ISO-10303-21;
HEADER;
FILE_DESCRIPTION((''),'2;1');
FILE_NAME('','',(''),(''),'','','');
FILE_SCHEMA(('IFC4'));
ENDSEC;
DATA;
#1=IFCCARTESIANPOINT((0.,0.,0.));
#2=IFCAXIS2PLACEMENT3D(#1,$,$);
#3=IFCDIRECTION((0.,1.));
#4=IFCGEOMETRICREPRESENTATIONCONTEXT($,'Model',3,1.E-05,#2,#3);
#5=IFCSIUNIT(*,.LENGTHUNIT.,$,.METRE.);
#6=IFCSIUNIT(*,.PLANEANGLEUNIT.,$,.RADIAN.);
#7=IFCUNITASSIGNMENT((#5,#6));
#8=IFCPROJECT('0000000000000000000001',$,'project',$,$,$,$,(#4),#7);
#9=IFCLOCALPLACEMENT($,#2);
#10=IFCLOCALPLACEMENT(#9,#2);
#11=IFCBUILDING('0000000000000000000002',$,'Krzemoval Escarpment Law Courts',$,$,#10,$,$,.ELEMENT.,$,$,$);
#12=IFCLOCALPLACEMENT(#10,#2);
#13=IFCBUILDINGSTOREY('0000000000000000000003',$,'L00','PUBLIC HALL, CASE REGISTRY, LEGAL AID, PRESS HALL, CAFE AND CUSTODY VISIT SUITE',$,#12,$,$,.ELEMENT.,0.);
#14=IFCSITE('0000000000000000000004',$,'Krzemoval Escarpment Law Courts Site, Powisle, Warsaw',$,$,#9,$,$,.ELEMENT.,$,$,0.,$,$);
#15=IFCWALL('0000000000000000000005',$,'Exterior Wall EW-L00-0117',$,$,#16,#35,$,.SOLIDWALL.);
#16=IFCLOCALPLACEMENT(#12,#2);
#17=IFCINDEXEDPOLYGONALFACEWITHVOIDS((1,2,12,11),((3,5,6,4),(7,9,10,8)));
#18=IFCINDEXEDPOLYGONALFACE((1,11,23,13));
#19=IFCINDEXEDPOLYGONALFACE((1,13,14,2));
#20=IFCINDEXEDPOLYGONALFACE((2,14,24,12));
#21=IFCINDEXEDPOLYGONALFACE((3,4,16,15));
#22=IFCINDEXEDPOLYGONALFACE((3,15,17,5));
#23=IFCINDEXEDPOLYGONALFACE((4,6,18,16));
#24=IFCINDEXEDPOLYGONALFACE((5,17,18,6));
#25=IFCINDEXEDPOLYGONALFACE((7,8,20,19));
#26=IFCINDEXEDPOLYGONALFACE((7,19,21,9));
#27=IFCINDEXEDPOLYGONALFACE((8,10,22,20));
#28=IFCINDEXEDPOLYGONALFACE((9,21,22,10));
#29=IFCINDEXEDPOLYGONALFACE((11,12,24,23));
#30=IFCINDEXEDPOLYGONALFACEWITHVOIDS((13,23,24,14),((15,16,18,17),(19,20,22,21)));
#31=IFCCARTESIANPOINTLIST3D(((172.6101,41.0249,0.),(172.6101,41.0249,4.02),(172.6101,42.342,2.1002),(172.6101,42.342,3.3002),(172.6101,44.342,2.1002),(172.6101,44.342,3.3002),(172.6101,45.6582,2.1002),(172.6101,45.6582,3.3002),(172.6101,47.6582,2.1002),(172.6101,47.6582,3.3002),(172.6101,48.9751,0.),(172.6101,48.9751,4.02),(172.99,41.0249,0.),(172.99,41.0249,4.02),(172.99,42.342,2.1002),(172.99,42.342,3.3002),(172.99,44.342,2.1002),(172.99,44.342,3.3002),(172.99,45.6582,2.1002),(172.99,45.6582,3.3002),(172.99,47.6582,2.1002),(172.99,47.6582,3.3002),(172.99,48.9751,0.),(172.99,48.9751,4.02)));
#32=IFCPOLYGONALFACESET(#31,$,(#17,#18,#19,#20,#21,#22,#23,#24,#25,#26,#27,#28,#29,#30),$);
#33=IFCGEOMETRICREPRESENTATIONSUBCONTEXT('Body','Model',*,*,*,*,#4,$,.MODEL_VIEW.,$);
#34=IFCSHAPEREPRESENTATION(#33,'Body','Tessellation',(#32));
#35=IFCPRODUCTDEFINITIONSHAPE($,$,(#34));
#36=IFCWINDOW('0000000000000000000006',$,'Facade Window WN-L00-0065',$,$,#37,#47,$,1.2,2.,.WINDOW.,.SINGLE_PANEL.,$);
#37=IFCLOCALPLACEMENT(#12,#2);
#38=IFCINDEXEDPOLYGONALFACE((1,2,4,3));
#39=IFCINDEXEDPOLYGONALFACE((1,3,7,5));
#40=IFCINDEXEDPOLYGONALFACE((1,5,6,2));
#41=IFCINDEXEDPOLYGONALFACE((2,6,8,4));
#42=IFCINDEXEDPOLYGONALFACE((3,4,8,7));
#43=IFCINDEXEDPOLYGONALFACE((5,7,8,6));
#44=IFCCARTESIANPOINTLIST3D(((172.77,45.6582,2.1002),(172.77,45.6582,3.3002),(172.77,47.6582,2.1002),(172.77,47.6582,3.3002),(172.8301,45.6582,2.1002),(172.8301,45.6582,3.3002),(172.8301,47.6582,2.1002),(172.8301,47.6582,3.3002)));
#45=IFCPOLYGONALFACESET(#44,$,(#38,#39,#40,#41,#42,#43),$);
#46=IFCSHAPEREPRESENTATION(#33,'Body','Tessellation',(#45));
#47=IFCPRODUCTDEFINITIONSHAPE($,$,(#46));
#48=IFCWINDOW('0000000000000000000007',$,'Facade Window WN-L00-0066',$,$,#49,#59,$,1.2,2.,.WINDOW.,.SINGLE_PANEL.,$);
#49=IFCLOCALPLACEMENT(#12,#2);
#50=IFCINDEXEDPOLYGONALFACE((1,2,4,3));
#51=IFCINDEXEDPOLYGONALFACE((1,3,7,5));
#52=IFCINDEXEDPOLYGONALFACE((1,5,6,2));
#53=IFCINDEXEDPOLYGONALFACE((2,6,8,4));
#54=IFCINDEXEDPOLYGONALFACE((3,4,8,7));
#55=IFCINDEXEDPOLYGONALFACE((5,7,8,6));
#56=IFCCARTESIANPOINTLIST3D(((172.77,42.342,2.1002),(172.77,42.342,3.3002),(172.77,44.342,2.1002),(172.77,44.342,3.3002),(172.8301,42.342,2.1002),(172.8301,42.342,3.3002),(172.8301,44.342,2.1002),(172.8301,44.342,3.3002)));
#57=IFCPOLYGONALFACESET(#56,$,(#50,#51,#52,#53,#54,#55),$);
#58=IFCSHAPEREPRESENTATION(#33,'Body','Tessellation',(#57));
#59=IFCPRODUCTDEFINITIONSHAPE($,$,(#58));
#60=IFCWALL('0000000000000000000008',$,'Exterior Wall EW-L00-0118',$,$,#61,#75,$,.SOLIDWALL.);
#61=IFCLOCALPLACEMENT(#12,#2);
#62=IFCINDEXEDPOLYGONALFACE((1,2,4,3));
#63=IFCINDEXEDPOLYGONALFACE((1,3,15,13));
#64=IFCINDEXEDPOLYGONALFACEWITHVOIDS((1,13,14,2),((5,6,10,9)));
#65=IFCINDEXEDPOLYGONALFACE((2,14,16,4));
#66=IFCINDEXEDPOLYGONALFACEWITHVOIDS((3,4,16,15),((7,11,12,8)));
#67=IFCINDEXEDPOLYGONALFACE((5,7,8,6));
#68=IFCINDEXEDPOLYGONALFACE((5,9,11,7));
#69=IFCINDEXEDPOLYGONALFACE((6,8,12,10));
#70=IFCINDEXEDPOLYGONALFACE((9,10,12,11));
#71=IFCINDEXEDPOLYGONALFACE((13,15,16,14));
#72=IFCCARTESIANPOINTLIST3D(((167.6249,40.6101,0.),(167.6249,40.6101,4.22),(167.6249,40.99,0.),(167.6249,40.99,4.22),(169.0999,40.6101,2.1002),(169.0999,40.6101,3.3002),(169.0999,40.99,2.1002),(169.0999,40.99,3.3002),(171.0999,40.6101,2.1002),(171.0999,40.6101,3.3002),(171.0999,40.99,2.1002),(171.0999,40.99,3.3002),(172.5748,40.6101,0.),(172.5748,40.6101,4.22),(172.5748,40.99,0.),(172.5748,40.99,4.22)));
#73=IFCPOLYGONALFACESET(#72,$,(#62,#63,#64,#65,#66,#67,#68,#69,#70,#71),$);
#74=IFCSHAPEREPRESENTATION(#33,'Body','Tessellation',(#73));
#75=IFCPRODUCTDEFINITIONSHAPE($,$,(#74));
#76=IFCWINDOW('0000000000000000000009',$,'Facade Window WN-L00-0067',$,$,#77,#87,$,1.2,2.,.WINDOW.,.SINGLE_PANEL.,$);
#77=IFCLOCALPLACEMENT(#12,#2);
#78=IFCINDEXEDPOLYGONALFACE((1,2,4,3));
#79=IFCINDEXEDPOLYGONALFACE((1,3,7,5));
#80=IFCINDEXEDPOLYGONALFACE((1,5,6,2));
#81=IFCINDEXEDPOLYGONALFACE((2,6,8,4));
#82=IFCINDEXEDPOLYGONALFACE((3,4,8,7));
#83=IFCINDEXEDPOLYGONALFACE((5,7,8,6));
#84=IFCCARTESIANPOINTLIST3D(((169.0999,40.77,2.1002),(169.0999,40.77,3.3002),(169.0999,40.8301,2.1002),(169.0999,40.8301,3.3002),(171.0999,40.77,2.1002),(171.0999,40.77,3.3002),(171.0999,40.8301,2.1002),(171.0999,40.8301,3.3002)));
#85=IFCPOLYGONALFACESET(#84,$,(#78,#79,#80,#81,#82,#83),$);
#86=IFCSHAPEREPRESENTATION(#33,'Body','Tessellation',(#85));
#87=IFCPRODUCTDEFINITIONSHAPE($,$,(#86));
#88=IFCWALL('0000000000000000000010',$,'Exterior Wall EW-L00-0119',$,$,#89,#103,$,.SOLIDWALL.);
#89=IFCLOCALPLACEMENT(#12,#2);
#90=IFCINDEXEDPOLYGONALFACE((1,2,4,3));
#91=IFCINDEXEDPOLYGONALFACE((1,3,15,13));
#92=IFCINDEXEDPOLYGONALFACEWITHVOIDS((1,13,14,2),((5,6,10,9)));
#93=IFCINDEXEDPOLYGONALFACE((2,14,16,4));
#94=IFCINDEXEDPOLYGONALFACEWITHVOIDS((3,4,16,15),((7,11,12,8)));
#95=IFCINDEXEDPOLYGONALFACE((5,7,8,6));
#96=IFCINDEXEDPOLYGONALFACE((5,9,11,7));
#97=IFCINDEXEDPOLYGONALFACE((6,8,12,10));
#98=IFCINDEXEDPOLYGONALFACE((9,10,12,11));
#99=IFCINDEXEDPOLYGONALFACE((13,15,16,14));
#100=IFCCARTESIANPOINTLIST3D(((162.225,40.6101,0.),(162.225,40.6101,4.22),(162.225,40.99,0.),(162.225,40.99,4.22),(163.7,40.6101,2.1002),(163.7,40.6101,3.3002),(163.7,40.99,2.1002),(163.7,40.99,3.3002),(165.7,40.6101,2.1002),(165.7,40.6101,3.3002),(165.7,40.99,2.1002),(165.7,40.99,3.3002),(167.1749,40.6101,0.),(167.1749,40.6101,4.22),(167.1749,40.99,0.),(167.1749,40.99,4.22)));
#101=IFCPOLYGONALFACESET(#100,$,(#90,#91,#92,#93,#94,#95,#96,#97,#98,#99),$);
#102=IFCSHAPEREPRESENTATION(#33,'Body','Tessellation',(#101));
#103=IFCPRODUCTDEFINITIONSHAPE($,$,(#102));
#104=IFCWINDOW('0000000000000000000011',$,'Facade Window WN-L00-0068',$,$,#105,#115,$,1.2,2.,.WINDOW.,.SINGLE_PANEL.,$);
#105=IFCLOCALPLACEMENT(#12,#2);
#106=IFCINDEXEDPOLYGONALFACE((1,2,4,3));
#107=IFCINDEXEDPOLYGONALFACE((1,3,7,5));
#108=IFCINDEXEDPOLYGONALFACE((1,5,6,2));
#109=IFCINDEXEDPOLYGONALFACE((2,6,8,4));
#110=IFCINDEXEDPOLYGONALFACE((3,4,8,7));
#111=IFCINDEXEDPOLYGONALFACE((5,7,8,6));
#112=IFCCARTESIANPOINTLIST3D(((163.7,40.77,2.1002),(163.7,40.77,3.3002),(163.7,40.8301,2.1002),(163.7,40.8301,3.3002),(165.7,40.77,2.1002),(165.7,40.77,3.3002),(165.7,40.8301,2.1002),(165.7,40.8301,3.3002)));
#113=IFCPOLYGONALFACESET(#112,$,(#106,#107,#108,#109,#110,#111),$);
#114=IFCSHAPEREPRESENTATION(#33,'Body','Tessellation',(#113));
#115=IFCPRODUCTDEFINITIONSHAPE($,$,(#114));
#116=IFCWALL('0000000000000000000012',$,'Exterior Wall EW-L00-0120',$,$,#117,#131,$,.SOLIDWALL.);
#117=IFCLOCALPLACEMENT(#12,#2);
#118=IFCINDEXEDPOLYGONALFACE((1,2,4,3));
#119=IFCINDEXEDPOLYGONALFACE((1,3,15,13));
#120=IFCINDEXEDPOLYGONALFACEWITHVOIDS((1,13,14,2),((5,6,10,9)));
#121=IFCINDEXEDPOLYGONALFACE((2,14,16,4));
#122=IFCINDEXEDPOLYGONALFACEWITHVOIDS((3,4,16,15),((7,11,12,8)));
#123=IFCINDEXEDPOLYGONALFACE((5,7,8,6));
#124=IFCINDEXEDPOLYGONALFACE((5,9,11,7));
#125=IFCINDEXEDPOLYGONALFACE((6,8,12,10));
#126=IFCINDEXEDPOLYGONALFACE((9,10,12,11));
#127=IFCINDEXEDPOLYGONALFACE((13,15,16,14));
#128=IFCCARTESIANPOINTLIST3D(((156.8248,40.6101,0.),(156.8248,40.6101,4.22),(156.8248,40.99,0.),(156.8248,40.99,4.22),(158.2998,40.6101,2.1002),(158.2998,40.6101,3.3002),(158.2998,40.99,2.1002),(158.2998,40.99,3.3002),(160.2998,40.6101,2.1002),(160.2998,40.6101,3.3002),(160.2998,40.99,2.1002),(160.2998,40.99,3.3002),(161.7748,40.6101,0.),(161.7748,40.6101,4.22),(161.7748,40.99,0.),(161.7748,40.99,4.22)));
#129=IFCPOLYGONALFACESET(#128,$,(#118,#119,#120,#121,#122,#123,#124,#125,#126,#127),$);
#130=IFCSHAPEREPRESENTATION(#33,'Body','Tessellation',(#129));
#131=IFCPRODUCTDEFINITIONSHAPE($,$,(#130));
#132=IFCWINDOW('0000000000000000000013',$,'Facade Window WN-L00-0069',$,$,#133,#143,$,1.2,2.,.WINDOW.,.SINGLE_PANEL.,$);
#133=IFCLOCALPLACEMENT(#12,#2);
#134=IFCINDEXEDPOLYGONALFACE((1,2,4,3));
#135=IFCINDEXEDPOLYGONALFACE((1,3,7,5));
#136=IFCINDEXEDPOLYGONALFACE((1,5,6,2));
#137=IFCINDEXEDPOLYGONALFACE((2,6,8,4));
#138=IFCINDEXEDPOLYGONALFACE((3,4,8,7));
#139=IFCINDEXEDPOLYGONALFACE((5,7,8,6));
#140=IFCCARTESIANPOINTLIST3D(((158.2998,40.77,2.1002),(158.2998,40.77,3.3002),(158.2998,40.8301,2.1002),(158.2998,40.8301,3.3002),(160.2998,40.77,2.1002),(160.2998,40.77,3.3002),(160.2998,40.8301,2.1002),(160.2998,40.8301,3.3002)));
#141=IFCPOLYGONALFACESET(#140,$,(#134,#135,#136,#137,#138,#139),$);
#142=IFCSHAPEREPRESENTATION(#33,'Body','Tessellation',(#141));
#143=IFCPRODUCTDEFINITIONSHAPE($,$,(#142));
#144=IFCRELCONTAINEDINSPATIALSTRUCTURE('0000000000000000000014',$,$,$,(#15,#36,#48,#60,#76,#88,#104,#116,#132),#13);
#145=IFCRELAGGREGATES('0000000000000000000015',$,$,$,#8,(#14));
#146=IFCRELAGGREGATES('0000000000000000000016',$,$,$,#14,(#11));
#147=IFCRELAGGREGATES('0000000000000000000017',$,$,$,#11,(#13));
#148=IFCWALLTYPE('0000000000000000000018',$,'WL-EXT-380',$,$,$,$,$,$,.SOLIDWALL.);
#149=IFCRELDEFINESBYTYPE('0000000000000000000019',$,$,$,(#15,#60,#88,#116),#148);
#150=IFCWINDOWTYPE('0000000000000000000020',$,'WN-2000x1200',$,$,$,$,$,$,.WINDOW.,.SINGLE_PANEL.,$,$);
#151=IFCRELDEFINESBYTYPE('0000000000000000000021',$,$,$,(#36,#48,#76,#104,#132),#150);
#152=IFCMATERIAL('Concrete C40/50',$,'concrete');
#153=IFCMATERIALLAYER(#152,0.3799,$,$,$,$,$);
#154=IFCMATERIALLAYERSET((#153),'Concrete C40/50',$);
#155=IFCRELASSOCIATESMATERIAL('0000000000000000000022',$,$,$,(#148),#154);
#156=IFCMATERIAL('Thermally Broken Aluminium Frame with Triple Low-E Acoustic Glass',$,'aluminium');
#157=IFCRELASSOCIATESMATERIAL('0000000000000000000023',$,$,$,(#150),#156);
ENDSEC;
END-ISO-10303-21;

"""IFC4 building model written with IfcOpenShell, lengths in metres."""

from ifc_helpers import new_model, si_unit, direction, frame, frame_2d, origin, place, context, subcontext, project, spatial, rectangle, extrude, material, layer, layer_set, type_object, element, fill, save


model = new_model("IFC4")

# Units and contexts
model_context = context("Model", 3, precision=1e-05, world=origin(), true_north=direction((0.0, 1.0)))
body_context = subcontext(model_context, "Body", "Model", "MODEL_VIEW")
ifc_project = project(units=[si_unit("LENGTHUNIT", "METRE"), si_unit("PLANEANGLEUNIT", "RADIAN")], contexts=[model_context])

# Site, building, storey
site_placement = place(None, origin())
site = spatial("IfcSite", under=ifc_project, at=site_placement, Name="Krzemoval Escarpment Law Courts Site, Powisle, Warsaw", CompositionType="ELEMENT", RefElevation=0.0)
building_placement = place(site_placement, origin())
building = spatial("IfcBuilding", under=site, at=building_placement, Name="Krzemoval Escarpment Law Courts", CompositionType="ELEMENT")
storey_placement = place(building_placement, origin())
storey = spatial("IfcBuildingStorey", under=building, at=storey_placement, Name="L00", Description="PUBLIC HALL, CASE REGISTRY, LEGAL AID, PRESS HALL, CAFE AND CUSTODY VISIT SUITE", CompositionType="ELEMENT", Elevation=0.0)

# Wall, openings, windows
ifc_material_1 = material(Name="Concrete C40/50", Category="concrete")
ifc_layer = layer(ifc_material_1, 0.3799)
ifc_layer_set = layer_set([ifc_layer], Name="Concrete C40/50")
wall_type = type_object("IfcWallType", Name="WL-EXT-380", PredefinedType="SOLIDWALL", material=ifc_layer_set)
wall_1_placement = place(storey_placement, frame((172.8, 48.9751, 0.0), z_axis=(0.0, 0.0, 1.0), x_axis=(0.0, -1.0, 0.0)))
wall_1 = element("IfcWall", 1, at=wall_1_placement, inside=storey, type_object=wall_type, Name="Exterior Wall EW-L00-0117", PredefinedType="SOLIDWALL", context=body_context, shape_type="SweptSolid", body=[
    extrude(rectangle(XDim=7.9502, YDim=0.3799, at=frame_2d((3.9751, 0.0))), origin(), (0.0, 0.0, 1.0), 4.02),
])
opening_1_placement = place(wall_1_placement, frame((1.3169, 0.0, 2.1001)))
opening_1 = element("IfcOpeningElement", 2, at=opening_1_placement, cuts=wall_1, PredefinedType="OPENING", context=body_context, shape_type="SweptSolid", body=[
    extrude(rectangle(XDim=2.0, YDim=1.2, at=frame_2d((1.0, 0.6001))), frame((0.0, 0.2049, 0.0), z_axis=(0.0, -1.0, 0.0), x_axis=(1.0, 0.0, 0.0)), (0.0, 0.0, 1.0), 0.4099),
])
opening_2_placement = place(wall_1_placement, frame((4.6331, 0.0, 2.1001)))
opening_2 = element("IfcOpeningElement", 3, at=opening_2_placement, cuts=wall_1, PredefinedType="OPENING", context=body_context, shape_type="SweptSolid", body=[
    extrude(rectangle(XDim=2.0, YDim=1.2, at=frame_2d((1.0, 0.6001))), frame((0.0, 0.2049, 0.0), z_axis=(0.0, -1.0, 0.0), x_axis=(1.0, 0.0, 0.0)), (0.0, 0.0, 1.0), 0.4099),
])
ifc_material_2 = material(Name="Thermally Broken Aluminium Frame with Triple Low-E Acoustic Glass", Category="aluminium")
window_type = type_object("IfcWindowType", Name="WN-2000x1200", PartitioningType="SINGLE_PANEL", PredefinedType="WINDOW", material=ifc_material_2)
window_1_placement = place(opening_1_placement, origin())
window_1 = element("IfcWindow", 4, at=window_1_placement, inside=storey, type_object=window_type, Name="Facade Window WN-L00-0065", OverallHeight=1.2, OverallWidth=2.0, PartitioningType="SINGLE_PANEL", PredefinedType="WINDOW", context=body_context, shape_type="SweptSolid", body=[
    extrude(rectangle(XDim=2.0, YDim=1.2, at=frame_2d((1.0, 0.6001))), frame((0.0, 0.03, 0.0), z_axis=(0.0, -1.0, 0.0), x_axis=(1.0, 0.0, 0.0)), (0.0, 0.0, 1.0), 0.0601),
])
fill(opening_1, window_1)
window_2_placement = place(opening_2_placement, origin())
window_2 = element("IfcWindow", 5, at=window_2_placement, inside=storey, type_object=window_type, Name="Facade Window WN-L00-0066", OverallHeight=1.2, OverallWidth=2.0, PartitioningType="SINGLE_PANEL", PredefinedType="WINDOW", context=body_context, shape_type="SweptSolid", body=[
    extrude(rectangle(XDim=2.0, YDim=1.2, at=frame_2d((1.0, 0.6001))), frame((0.0, 0.03, 0.0), z_axis=(0.0, -1.0, 0.0), x_axis=(1.0, 0.0, 0.0)), (0.0, 0.0, 1.0), 0.0601),
])
fill(opening_2, window_2)

# Walls, openings, windows
wall_2_placement = place(storey_placement, frame((172.575, 40.8, 0.0), z_axis=(0.0, 0.0, 1.0), x_axis=(-1.0, 0.0, 0.0)))
wall_2 = element("IfcWall", 6, at=wall_2_placement, inside=storey, type_object=wall_type, Name="Exterior Wall EW-L00-0118", PredefinedType="SOLIDWALL", context=body_context, shape_type="SweptSolid", body=[
    extrude(rectangle(XDim=4.95, YDim=0.3799, at=frame_2d((2.4751, 0.0))), origin(), (0.0, 0.0, 1.0), 4.22),
])
opening_3_placement = place(wall_2_placement, frame((1.4751, 0.0, 2.1001)))
opening_3 = element("IfcOpeningElement", 7, at=opening_3_placement, cuts=wall_2, PredefinedType="OPENING", context=body_context, shape_type="SweptSolid", body=[
    extrude(rectangle(XDim=2.0, YDim=1.2, at=frame_2d((1.0, 0.6001))), frame((0.0, 0.2049, 0.0), z_axis=(0.0, -1.0, 0.0), x_axis=(1.0, 0.0, 0.0)), (0.0, 0.0, 1.0), 0.4099),
])
window_3_placement = place(opening_3_placement, origin())
window_3 = element("IfcWindow", 8, at=window_3_placement, inside=storey, type_object=window_type, Name="Facade Window WN-L00-0067", OverallHeight=1.2, OverallWidth=2.0, PartitioningType="SINGLE_PANEL", PredefinedType="WINDOW", context=body_context, shape_type="SweptSolid", body=[
    extrude(rectangle(XDim=2.0, YDim=1.2, at=frame_2d((1.0, 0.6001))), frame((0.0, 0.03, 0.0), z_axis=(0.0, -1.0, 0.0), x_axis=(1.0, 0.0, 0.0)), (0.0, 0.0, 1.0), 0.0601),
])
fill(opening_3, window_3)
wall_3_placement = place(storey_placement, frame((167.175, 40.8, 0.0), z_axis=(0.0, 0.0, 1.0), x_axis=(-1.0, 0.0, 0.0)))
wall_3 = element("IfcWall", 9, at=wall_3_placement, inside=storey, type_object=wall_type, Name="Exterior Wall EW-L00-0119", PredefinedType="SOLIDWALL", context=body_context, shape_type="SweptSolid", body=[
    extrude(rectangle(XDim=4.95, YDim=0.3799, at=frame_2d((2.4751, 0.0))), origin(), (0.0, 0.0, 1.0), 4.22),
])
opening_4_placement = place(wall_3_placement, frame((1.4751, 0.0, 2.1001)))
opening_4 = element("IfcOpeningElement", 10, at=opening_4_placement, cuts=wall_3, PredefinedType="OPENING", context=body_context, shape_type="SweptSolid", body=[
    extrude(rectangle(XDim=2.0, YDim=1.2, at=frame_2d((1.0, 0.6001))), frame((0.0, 0.2049, 0.0), z_axis=(0.0, -1.0, 0.0), x_axis=(1.0, 0.0, 0.0)), (0.0, 0.0, 1.0), 0.4099),
])
window_4_placement = place(opening_4_placement, origin())
window_4 = element("IfcWindow", 11, at=window_4_placement, inside=storey, type_object=window_type, Name="Facade Window WN-L00-0068", OverallHeight=1.2, OverallWidth=2.0, PartitioningType="SINGLE_PANEL", PredefinedType="WINDOW", context=body_context, shape_type="SweptSolid", body=[
    extrude(rectangle(XDim=2.0, YDim=1.2, at=frame_2d((1.0, 0.6001))), frame((0.0, 0.03, 0.0), z_axis=(0.0, -1.0, 0.0), x_axis=(1.0, 0.0, 0.0)), (0.0, 0.0, 1.0), 0.0601),
])
fill(opening_4, window_4)
wall_4_placement = place(storey_placement, frame((161.7749, 40.8, 0.0), z_axis=(0.0, 0.0, 1.0), x_axis=(-1.0, 0.0, 0.0)))
wall_4 = element("IfcWall", 12, at=wall_4_placement, inside=storey, type_object=wall_type, Name="Exterior Wall EW-L00-0120", PredefinedType="SOLIDWALL", context=body_context, shape_type="SweptSolid", body=[
    extrude(rectangle(XDim=4.95, YDim=0.3799, at=frame_2d((2.4751, 0.0))), origin(), (0.0, 0.0, 1.0), 4.22),
])
opening_5_placement = place(wall_4_placement, frame((1.4751, 0.0, 2.1001)))
opening_5 = element("IfcOpeningElement", 13, at=opening_5_placement, cuts=wall_4, PredefinedType="OPENING", context=body_context, shape_type="SweptSolid", body=[
    extrude(rectangle(XDim=2.0, YDim=1.2, at=frame_2d((1.0, 0.6001))), frame((0.0, 0.2049, 0.0), z_axis=(0.0, -1.0, 0.0), x_axis=(1.0, 0.0, 0.0)), (0.0, 0.0, 1.0), 0.4099),
])
window_5_placement = place(opening_5_placement, origin())
window_5 = element("IfcWindow", 14, at=window_5_placement, inside=storey, type_object=window_type, Name="Facade Window WN-L00-0069", OverallHeight=1.2, OverallWidth=2.0, PartitioningType="SINGLE_PANEL", PredefinedType="WINDOW", context=body_context, shape_type="SweptSolid", body=[
    extrude(rectangle(XDim=2.0, YDim=1.2, at=frame_2d((1.0, 0.6001))), frame((0.0, 0.03, 0.0), z_axis=(0.0, -1.0, 0.0), x_axis=(1.0, 0.0, 0.0)), (0.0, 0.0, 1.0), 0.0601),
])
fill(opening_5, window_5)

save(model, "model.ifc")
